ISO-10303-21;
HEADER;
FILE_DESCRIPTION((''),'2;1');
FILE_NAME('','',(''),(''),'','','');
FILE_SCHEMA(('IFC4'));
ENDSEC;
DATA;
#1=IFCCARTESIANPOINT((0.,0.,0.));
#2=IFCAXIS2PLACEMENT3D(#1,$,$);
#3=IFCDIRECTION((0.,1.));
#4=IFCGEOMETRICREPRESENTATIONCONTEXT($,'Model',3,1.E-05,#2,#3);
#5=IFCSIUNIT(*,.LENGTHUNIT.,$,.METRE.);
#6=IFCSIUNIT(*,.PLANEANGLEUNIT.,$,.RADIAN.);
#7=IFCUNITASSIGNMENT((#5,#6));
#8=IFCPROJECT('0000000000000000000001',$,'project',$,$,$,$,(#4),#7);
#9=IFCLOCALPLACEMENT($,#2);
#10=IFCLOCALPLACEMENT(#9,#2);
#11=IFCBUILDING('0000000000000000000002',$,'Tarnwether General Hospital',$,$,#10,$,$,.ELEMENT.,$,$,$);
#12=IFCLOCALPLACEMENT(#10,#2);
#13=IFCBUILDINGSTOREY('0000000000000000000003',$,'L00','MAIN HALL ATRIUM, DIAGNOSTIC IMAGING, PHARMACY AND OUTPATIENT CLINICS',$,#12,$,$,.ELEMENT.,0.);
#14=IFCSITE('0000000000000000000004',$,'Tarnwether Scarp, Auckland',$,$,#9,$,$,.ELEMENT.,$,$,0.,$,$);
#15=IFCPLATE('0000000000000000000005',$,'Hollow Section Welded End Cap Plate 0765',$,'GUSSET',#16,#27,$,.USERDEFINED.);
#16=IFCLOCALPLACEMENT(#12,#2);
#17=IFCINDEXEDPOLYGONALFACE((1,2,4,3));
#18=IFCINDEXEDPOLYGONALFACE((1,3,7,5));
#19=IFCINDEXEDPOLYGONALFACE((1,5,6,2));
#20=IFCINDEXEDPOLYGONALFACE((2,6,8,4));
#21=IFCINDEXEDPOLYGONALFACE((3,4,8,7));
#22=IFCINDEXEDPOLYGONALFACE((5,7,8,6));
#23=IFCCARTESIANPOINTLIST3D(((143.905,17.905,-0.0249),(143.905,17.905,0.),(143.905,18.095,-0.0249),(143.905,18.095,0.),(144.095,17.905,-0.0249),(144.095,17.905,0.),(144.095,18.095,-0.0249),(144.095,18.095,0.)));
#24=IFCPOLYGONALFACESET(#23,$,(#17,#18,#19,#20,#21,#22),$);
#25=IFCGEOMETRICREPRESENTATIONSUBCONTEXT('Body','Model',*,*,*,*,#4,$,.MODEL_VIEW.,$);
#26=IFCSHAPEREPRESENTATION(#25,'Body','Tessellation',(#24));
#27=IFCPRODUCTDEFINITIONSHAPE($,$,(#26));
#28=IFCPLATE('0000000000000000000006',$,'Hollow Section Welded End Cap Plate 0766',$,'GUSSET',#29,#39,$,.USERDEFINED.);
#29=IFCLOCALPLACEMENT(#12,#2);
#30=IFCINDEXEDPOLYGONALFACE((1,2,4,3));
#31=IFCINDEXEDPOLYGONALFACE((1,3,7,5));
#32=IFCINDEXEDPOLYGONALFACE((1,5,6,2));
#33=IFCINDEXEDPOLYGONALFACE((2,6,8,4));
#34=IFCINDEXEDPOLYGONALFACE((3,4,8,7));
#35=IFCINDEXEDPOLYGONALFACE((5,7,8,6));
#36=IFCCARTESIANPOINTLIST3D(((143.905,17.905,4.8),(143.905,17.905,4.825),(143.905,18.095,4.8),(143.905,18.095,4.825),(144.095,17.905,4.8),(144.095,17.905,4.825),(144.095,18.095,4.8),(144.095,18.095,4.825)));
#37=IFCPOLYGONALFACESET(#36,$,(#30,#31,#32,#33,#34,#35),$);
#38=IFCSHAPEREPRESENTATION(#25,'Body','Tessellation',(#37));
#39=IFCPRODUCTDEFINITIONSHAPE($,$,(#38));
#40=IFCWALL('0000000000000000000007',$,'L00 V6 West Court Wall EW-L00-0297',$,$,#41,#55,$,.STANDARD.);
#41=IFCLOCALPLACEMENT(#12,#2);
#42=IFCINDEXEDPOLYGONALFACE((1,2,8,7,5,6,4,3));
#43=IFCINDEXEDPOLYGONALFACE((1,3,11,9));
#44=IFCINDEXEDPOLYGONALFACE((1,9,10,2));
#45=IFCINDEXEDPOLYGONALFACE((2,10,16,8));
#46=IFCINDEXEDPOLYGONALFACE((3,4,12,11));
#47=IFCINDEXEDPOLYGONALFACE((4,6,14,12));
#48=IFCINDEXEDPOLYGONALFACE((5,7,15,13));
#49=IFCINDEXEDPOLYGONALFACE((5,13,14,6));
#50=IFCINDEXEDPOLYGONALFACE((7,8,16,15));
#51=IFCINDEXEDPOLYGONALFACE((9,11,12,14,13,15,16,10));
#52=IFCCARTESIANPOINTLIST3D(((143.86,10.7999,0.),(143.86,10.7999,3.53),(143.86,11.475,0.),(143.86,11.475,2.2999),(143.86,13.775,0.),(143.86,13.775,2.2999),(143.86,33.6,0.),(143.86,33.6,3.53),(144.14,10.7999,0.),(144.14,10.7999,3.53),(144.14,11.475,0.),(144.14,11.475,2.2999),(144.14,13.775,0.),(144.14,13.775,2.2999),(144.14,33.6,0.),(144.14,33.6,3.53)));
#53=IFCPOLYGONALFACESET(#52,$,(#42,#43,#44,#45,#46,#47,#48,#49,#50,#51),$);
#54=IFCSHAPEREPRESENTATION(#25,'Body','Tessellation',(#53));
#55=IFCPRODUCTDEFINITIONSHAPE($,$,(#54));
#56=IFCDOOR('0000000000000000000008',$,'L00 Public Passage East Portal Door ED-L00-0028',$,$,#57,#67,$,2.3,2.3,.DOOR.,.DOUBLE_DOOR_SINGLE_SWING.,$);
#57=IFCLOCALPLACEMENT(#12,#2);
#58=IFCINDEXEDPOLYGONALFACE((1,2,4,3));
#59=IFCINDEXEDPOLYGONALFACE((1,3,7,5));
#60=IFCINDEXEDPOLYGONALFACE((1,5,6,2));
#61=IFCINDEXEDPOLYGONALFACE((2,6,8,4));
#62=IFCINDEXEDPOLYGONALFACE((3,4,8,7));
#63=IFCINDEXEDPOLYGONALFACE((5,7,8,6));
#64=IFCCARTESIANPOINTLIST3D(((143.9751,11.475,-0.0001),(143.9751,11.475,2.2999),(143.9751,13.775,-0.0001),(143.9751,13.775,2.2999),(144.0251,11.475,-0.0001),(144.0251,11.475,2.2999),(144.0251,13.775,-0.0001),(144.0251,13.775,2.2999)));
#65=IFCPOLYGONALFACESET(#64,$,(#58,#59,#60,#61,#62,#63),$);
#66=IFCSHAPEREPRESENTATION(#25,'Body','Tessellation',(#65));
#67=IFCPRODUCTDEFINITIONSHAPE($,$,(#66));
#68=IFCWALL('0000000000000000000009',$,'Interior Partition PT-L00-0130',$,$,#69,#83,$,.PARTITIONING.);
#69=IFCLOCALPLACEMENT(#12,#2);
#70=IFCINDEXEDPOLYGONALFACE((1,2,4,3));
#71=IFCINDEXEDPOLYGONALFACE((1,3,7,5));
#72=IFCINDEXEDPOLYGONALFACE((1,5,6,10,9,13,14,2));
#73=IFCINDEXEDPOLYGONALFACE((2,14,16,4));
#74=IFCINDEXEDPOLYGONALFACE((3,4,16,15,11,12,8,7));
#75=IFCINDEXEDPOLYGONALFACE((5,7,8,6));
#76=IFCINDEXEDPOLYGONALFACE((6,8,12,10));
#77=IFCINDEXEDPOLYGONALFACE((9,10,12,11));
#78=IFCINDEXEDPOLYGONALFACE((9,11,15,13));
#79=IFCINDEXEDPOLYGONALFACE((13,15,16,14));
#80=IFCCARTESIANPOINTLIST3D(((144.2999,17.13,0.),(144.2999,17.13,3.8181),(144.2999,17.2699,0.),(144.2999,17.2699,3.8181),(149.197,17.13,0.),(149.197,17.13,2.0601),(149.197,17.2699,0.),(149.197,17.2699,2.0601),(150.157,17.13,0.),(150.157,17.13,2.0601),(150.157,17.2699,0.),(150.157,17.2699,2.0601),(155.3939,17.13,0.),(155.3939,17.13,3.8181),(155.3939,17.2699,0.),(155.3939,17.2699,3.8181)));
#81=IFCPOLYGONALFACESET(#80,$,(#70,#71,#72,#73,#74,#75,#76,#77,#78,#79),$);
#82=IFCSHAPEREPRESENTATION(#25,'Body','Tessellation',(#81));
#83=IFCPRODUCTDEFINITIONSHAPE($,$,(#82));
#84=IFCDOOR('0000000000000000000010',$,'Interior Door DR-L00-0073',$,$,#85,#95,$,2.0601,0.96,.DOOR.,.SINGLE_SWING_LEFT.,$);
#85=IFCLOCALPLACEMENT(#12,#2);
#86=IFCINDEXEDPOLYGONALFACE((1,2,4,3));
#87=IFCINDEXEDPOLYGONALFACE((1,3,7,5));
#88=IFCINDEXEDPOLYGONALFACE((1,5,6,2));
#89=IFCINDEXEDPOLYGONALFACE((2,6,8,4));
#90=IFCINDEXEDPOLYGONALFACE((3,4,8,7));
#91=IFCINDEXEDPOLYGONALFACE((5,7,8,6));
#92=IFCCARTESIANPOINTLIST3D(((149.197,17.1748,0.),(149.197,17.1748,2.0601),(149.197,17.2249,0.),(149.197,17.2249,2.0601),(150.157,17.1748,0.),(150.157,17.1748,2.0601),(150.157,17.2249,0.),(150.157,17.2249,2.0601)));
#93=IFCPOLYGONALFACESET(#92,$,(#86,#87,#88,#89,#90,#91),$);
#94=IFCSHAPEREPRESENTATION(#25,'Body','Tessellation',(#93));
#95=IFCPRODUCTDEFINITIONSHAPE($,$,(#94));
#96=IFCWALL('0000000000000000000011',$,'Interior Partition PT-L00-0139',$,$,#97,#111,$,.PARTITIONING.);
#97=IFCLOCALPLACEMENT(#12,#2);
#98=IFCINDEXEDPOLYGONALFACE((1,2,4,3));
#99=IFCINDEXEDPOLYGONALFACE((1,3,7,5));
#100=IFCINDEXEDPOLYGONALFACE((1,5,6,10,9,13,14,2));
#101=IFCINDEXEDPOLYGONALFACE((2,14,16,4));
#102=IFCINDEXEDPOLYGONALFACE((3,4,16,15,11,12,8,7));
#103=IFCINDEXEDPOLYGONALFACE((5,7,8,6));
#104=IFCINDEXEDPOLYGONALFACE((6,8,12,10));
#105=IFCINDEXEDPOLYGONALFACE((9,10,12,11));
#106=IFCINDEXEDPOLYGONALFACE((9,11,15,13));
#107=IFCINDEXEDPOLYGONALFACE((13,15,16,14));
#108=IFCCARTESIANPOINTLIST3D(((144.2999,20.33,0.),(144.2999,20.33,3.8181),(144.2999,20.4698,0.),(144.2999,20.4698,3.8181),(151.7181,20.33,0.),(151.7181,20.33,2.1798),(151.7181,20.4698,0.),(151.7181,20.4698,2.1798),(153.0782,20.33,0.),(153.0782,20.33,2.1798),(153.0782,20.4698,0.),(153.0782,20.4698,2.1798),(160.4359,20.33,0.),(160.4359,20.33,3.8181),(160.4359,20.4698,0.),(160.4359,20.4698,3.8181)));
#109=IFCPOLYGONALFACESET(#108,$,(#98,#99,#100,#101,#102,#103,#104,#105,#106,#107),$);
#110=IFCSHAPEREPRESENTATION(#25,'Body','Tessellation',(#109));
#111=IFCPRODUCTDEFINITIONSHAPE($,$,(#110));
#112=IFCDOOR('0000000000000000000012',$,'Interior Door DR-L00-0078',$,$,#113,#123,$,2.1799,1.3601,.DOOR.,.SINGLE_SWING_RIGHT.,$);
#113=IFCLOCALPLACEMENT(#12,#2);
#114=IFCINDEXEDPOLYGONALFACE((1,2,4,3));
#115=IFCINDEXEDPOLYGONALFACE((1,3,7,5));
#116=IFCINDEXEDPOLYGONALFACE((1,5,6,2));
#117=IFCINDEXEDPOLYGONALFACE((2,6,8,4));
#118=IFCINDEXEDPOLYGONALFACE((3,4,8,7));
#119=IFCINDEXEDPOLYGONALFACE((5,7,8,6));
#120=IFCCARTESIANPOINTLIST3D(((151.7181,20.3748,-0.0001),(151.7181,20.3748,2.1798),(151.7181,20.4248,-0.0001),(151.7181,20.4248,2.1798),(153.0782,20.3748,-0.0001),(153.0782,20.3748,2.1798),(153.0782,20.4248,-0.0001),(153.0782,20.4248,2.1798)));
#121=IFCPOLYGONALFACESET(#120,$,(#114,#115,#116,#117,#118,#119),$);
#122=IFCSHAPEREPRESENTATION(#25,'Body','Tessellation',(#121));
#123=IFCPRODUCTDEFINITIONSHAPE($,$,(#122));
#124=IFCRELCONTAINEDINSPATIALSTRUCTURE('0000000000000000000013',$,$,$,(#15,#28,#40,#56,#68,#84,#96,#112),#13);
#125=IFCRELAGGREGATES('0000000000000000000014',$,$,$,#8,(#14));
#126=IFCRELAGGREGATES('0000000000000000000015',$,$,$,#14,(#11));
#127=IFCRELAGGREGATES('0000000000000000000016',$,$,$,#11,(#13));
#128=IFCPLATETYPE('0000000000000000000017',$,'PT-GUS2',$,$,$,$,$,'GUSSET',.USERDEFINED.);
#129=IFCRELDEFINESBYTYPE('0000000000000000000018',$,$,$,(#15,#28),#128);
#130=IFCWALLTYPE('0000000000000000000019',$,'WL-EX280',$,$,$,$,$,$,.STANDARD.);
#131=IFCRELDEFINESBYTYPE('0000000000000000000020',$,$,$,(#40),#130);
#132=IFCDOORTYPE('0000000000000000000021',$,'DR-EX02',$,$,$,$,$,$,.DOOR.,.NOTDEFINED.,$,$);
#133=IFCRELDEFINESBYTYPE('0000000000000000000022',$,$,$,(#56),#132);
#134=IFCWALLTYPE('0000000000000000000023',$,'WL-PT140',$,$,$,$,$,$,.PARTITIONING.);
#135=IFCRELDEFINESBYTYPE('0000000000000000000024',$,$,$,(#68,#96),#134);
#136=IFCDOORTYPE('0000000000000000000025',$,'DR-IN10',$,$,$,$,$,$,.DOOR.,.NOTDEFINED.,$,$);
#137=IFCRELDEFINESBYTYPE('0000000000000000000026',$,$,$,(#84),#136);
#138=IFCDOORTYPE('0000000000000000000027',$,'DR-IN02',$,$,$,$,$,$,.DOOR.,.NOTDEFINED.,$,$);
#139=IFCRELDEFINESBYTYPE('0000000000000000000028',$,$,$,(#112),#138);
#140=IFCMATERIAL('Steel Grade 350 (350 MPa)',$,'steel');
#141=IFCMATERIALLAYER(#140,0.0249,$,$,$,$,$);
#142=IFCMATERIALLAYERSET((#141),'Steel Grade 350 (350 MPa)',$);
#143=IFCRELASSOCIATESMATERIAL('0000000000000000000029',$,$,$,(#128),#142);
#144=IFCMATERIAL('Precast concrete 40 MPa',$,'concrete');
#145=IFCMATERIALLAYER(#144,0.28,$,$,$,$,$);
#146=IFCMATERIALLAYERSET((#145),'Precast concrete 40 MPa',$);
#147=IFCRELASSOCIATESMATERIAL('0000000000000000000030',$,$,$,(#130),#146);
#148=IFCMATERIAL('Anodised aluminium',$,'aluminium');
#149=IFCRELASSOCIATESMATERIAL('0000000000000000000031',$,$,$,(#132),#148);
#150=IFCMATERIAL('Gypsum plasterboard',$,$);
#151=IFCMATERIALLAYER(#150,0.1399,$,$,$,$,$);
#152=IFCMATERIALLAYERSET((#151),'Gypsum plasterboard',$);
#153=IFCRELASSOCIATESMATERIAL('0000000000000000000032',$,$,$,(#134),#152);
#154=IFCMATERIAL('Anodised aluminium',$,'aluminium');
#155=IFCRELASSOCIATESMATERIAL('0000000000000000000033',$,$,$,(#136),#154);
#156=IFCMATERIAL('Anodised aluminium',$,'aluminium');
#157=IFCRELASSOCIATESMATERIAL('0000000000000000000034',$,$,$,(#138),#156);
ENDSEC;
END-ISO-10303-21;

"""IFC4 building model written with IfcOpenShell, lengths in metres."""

from ifc_helpers import new_model, si_unit, direction, frame, frame_2d, origin, origin_2d, place, context, subcontext, project, spatial, rectangle, extrude, material, layer, layer_set, type_object, element, fill, save


model = new_model("IFC4")

# Units and contexts
model_context = context("Model", 3, precision=1e-05, world=origin(), true_north=direction((0.0, 1.0)))
body_context = subcontext(model_context, "Body", "Model", "MODEL_VIEW")
ifc_project = project(units=[si_unit("LENGTHUNIT", "METRE"), si_unit("PLANEANGLEUNIT", "RADIAN")], contexts=[model_context])

# Site, building, storey
site_placement = place(None, origin())
site = spatial("IfcSite", under=ifc_project, at=site_placement, Name="Tarnwether Scarp, Auckland", CompositionType="ELEMENT", RefElevation=0.0)
building_placement = place(site_placement, origin())
building = spatial("IfcBuilding", under=site, at=building_placement, Name="Tarnwether General Hospital", CompositionType="ELEMENT")
storey_placement = place(building_placement, origin())
storey = spatial("IfcBuildingStorey", under=building, at=storey_placement, Name="L00", Description="MAIN HALL ATRIUM, DIAGNOSTIC IMAGING, PHARMACY AND OUTPATIENT CLINICS", CompositionType="ELEMENT", Elevation=0.0)

# Plates
ifc_material_1 = material(Name="Steel Grade 350 (350 MPa)", Category="steel")
ifc_layer_1 = layer(ifc_material_1, 0.0249)
ifc_layer_set_1 = layer_set([ifc_layer_1], Name="Steel Grade 350 (350 MPa)")
plate_type_1 = type_object("IfcPlateType", Name="PT-GUS2", ElementType="GUSSET", PredefinedType="USERDEFINED", material=ifc_layer_set_1)
for number, where, z_axis, x_axis, name in (
    (1, (144.0, 18.0, -0.0249), (0.0, 0.0, 1.0), (1.0, 0.0, 0.0), "Hollow Section Welded End Cap Plate 0765"),
    (2, (144.0, 18.0, 4.8), (0.0, 0.0, 1.0), (1.0, 0.0, 0.0), "Hollow Section Welded End Cap Plate 0766"),
):
    element("IfcPlate", number, at=place(storey_placement, frame(where, z_axis=z_axis, x_axis=x_axis)), inside=storey, type_object=plate_type_1, Name=name, ObjectType="GUSSET", PredefinedType="USERDEFINED", context=body_context, shape_type="SweptSolid", body=[
        extrude(rectangle(XDim=0.1899, YDim=0.1899, at=origin_2d()), origin(), (0.0, 0.0, 1.0), 0.0249),
    ])

# Walls, openings, doors
ifc_material_2 = material(Name="Precast concrete 40 MPa", Category="concrete")
ifc_layer_2 = layer(ifc_material_2, 0.28)
ifc_layer_set_2 = layer_set([ifc_layer_2], Name="Precast concrete 40 MPa")
wall_type_1 = type_object("IfcWallType", Name="WL-EX280", PredefinedType="STANDARD", material=ifc_layer_set_2)
wall_1_placement = place(storey_placement, frame((144.0, 10.8, 0.0), z_axis=(0.0, 0.0, 1.0), x_axis=(0.0, 1.0, 0.0)))
wall_1 = element("IfcWall", 3, at=wall_1_placement, inside=storey, type_object=wall_type_1, Name="L00 V6 West Court Wall EW-L00-0297", PredefinedType="STANDARD", context=body_context, shape_type="SweptSolid", body=[
    extrude(rectangle(XDim=22.8, YDim=0.28, at=frame_2d((11.3999, 0.0))), origin(), (0.0, 0.0, 1.0), 3.53),
])
opening_1_placement = place(wall_1_placement, frame((0.675, 0.0, 0.0)))
opening_1 = element("IfcOpeningElement", 4, at=opening_1_placement, cuts=wall_1, PredefinedType="OPENING", context=body_context, shape_type="SweptSolid", body=[
    extrude(rectangle(XDim=2.3, YDim=2.3, at=frame_2d((1.1499, 1.1499))), frame((0.0, 0.1499, 0.0), z_axis=(0.0, -1.0, 0.0), x_axis=(1.0, 0.0, 0.0)), (0.0, 0.0, 1.0), 0.3),
])
ifc_material_3 = material(Name="Anodised aluminium", Category="aluminium")
door_type_1 = type_object("IfcDoorType", Name="DR-EX02", OperationType="NOTDEFINED", PredefinedType="DOOR", material=ifc_material_3)
door_1_placement = place(opening_1_placement, origin())
door_1 = element("IfcDoor", 5, at=door_1_placement, inside=storey, type_object=door_type_1, Name="L00 Public Passage East Portal Door ED-L00-0028", OperationType="DOUBLE_DOOR_SINGLE_SWING", OverallHeight=2.3, OverallWidth=2.3, PredefinedType="DOOR", context=body_context, shape_type="SweptSolid", body=[
    extrude(rectangle(XDim=2.3, YDim=2.3, at=frame_2d((1.1499, 1.1499))), frame((0.0, 0.0249, 0.0), z_axis=(0.0, -1.0, 0.0), x_axis=(1.0, 0.0, 0.0)), (0.0, 0.0, 1.0), 0.05),
])
fill(opening_1, door_1)
ifc_material_4 = material(Name="Gypsum plasterboard")
ifc_layer_3 = layer(ifc_material_4, 0.1399)
ifc_layer_set_3 = layer_set([ifc_layer_3], Name="Gypsum plasterboard")
wall_type_2 = type_object("IfcWallType", Name="WL-PT140", PredefinedType="PARTITIONING", material=ifc_layer_set_3)
wall_2_placement = place(storey_placement, frame((144.3, 17.2, 0.0), z_axis=(0.0, 0.0, 1.0), x_axis=(1.0, 0.0, 0.0)))
wall_2 = element("IfcWall", 6, at=wall_2_placement, inside=storey, type_object=wall_type_2, Name="Interior Partition PT-L00-0130", PredefinedType="PARTITIONING", context=body_context, shape_type="SweptSolid", body=[
    extrude(rectangle(XDim=11.094, YDim=0.1399, at=frame_2d((5.5469, 0.0))), origin(), (0.0, 0.0, 1.0), 3.8181),
])
opening_2_placement = place(wall_2_placement, frame((4.897, 0.0, 0.0)))
opening_2 = element("IfcOpeningElement", 7, at=opening_2_placement, cuts=wall_2, PredefinedType="OPENING", context=body_context, shape_type="SweptSolid", body=[
    extrude(rectangle(XDim=0.96, YDim=2.0601, at=frame_2d((0.48, 1.03))), frame((0.0, 0.0801, 0.0), z_axis=(0.0, -1.0, 0.0), x_axis=(1.0, 0.0, 0.0)), (0.0, 0.0, 1.0), 0.1599),
])
ifc_material_5 = material(Name="Anodised aluminium", Category="aluminium")
door_type_2 = type_object("IfcDoorType", Name="DR-IN10", OperationType="NOTDEFINED", PredefinedType="DOOR", material=ifc_material_5)
door_2_placement = place(opening_2_placement, origin())
door_2 = element("IfcDoor", 8, at=door_2_placement, inside=storey, type_object=door_type_2, Name="Interior Door DR-L00-0073", OperationType="SINGLE_SWING_LEFT", OverallHeight=2.0601, OverallWidth=0.96, PredefinedType="DOOR", context=body_context, shape_type="SweptSolid", body=[
    extrude(rectangle(XDim=0.96, YDim=2.0601, at=frame_2d((0.48, 1.03))), frame((0.0, 0.0249, 0.0), z_axis=(0.0, -1.0, 0.0), x_axis=(1.0, 0.0, 0.0)), (0.0, 0.0, 1.0), 0.05),
])
fill(opening_2, door_2)
wall_3_placement = place(storey_placement, frame((144.3, 20.3999, 0.0), z_axis=(0.0, 0.0, 1.0), x_axis=(1.0, 0.0, 0.0)))
wall_3 = element("IfcWall", 9, at=wall_3_placement, inside=storey, type_object=wall_type_2, Name="Interior Partition PT-L00-0139", PredefinedType="PARTITIONING", context=body_context, shape_type="SweptSolid", body=[
    extrude(rectangle(XDim=16.136, YDim=0.1399, at=frame_2d((8.0679, 0.0))), origin(), (0.0, 0.0, 1.0), 3.8181),
])
opening_3_placement = place(wall_3_placement, frame((7.418, 0.0, 0.0)))
opening_3 = element("IfcOpeningElement", 10, at=opening_3_placement, cuts=wall_3, PredefinedType="OPENING", context=body_context, shape_type="SweptSolid", body=[
    extrude(rectangle(XDim=1.3601, YDim=2.1799, at=frame_2d((0.6802, 1.0898))), frame((0.0, 0.0801, 0.0), z_axis=(0.0, -1.0, 0.0), x_axis=(1.0, 0.0, 0.0)), (0.0, 0.0, 1.0), 0.1599),
])
ifc_material_6 = material(Name="Anodised aluminium", Category="aluminium")
door_type_3 = type_object("IfcDoorType", Name="DR-IN02", OperationType="NOTDEFINED", PredefinedType="DOOR", material=ifc_material_6)
door_3_placement = place(opening_3_placement, origin())
door_3 = element("IfcDoor", 11, at=door_3_placement, inside=storey, type_object=door_type_3, Name="Interior Door DR-L00-0078", OperationType="SINGLE_SWING_RIGHT", OverallHeight=2.1799, OverallWidth=1.3601, PredefinedType="DOOR", context=body_context, shape_type="SweptSolid", body=[
    extrude(rectangle(XDim=1.3601, YDim=2.1799, at=frame_2d((0.6802, 1.0898))), frame((0.0, 0.0249, 0.0), z_axis=(0.0, -1.0, 0.0), x_axis=(1.0, 0.0, 0.0)), (0.0, 0.0, 1.0), 0.05),
])
fill(opening_3, door_3)

save(model, "model.ifc")
